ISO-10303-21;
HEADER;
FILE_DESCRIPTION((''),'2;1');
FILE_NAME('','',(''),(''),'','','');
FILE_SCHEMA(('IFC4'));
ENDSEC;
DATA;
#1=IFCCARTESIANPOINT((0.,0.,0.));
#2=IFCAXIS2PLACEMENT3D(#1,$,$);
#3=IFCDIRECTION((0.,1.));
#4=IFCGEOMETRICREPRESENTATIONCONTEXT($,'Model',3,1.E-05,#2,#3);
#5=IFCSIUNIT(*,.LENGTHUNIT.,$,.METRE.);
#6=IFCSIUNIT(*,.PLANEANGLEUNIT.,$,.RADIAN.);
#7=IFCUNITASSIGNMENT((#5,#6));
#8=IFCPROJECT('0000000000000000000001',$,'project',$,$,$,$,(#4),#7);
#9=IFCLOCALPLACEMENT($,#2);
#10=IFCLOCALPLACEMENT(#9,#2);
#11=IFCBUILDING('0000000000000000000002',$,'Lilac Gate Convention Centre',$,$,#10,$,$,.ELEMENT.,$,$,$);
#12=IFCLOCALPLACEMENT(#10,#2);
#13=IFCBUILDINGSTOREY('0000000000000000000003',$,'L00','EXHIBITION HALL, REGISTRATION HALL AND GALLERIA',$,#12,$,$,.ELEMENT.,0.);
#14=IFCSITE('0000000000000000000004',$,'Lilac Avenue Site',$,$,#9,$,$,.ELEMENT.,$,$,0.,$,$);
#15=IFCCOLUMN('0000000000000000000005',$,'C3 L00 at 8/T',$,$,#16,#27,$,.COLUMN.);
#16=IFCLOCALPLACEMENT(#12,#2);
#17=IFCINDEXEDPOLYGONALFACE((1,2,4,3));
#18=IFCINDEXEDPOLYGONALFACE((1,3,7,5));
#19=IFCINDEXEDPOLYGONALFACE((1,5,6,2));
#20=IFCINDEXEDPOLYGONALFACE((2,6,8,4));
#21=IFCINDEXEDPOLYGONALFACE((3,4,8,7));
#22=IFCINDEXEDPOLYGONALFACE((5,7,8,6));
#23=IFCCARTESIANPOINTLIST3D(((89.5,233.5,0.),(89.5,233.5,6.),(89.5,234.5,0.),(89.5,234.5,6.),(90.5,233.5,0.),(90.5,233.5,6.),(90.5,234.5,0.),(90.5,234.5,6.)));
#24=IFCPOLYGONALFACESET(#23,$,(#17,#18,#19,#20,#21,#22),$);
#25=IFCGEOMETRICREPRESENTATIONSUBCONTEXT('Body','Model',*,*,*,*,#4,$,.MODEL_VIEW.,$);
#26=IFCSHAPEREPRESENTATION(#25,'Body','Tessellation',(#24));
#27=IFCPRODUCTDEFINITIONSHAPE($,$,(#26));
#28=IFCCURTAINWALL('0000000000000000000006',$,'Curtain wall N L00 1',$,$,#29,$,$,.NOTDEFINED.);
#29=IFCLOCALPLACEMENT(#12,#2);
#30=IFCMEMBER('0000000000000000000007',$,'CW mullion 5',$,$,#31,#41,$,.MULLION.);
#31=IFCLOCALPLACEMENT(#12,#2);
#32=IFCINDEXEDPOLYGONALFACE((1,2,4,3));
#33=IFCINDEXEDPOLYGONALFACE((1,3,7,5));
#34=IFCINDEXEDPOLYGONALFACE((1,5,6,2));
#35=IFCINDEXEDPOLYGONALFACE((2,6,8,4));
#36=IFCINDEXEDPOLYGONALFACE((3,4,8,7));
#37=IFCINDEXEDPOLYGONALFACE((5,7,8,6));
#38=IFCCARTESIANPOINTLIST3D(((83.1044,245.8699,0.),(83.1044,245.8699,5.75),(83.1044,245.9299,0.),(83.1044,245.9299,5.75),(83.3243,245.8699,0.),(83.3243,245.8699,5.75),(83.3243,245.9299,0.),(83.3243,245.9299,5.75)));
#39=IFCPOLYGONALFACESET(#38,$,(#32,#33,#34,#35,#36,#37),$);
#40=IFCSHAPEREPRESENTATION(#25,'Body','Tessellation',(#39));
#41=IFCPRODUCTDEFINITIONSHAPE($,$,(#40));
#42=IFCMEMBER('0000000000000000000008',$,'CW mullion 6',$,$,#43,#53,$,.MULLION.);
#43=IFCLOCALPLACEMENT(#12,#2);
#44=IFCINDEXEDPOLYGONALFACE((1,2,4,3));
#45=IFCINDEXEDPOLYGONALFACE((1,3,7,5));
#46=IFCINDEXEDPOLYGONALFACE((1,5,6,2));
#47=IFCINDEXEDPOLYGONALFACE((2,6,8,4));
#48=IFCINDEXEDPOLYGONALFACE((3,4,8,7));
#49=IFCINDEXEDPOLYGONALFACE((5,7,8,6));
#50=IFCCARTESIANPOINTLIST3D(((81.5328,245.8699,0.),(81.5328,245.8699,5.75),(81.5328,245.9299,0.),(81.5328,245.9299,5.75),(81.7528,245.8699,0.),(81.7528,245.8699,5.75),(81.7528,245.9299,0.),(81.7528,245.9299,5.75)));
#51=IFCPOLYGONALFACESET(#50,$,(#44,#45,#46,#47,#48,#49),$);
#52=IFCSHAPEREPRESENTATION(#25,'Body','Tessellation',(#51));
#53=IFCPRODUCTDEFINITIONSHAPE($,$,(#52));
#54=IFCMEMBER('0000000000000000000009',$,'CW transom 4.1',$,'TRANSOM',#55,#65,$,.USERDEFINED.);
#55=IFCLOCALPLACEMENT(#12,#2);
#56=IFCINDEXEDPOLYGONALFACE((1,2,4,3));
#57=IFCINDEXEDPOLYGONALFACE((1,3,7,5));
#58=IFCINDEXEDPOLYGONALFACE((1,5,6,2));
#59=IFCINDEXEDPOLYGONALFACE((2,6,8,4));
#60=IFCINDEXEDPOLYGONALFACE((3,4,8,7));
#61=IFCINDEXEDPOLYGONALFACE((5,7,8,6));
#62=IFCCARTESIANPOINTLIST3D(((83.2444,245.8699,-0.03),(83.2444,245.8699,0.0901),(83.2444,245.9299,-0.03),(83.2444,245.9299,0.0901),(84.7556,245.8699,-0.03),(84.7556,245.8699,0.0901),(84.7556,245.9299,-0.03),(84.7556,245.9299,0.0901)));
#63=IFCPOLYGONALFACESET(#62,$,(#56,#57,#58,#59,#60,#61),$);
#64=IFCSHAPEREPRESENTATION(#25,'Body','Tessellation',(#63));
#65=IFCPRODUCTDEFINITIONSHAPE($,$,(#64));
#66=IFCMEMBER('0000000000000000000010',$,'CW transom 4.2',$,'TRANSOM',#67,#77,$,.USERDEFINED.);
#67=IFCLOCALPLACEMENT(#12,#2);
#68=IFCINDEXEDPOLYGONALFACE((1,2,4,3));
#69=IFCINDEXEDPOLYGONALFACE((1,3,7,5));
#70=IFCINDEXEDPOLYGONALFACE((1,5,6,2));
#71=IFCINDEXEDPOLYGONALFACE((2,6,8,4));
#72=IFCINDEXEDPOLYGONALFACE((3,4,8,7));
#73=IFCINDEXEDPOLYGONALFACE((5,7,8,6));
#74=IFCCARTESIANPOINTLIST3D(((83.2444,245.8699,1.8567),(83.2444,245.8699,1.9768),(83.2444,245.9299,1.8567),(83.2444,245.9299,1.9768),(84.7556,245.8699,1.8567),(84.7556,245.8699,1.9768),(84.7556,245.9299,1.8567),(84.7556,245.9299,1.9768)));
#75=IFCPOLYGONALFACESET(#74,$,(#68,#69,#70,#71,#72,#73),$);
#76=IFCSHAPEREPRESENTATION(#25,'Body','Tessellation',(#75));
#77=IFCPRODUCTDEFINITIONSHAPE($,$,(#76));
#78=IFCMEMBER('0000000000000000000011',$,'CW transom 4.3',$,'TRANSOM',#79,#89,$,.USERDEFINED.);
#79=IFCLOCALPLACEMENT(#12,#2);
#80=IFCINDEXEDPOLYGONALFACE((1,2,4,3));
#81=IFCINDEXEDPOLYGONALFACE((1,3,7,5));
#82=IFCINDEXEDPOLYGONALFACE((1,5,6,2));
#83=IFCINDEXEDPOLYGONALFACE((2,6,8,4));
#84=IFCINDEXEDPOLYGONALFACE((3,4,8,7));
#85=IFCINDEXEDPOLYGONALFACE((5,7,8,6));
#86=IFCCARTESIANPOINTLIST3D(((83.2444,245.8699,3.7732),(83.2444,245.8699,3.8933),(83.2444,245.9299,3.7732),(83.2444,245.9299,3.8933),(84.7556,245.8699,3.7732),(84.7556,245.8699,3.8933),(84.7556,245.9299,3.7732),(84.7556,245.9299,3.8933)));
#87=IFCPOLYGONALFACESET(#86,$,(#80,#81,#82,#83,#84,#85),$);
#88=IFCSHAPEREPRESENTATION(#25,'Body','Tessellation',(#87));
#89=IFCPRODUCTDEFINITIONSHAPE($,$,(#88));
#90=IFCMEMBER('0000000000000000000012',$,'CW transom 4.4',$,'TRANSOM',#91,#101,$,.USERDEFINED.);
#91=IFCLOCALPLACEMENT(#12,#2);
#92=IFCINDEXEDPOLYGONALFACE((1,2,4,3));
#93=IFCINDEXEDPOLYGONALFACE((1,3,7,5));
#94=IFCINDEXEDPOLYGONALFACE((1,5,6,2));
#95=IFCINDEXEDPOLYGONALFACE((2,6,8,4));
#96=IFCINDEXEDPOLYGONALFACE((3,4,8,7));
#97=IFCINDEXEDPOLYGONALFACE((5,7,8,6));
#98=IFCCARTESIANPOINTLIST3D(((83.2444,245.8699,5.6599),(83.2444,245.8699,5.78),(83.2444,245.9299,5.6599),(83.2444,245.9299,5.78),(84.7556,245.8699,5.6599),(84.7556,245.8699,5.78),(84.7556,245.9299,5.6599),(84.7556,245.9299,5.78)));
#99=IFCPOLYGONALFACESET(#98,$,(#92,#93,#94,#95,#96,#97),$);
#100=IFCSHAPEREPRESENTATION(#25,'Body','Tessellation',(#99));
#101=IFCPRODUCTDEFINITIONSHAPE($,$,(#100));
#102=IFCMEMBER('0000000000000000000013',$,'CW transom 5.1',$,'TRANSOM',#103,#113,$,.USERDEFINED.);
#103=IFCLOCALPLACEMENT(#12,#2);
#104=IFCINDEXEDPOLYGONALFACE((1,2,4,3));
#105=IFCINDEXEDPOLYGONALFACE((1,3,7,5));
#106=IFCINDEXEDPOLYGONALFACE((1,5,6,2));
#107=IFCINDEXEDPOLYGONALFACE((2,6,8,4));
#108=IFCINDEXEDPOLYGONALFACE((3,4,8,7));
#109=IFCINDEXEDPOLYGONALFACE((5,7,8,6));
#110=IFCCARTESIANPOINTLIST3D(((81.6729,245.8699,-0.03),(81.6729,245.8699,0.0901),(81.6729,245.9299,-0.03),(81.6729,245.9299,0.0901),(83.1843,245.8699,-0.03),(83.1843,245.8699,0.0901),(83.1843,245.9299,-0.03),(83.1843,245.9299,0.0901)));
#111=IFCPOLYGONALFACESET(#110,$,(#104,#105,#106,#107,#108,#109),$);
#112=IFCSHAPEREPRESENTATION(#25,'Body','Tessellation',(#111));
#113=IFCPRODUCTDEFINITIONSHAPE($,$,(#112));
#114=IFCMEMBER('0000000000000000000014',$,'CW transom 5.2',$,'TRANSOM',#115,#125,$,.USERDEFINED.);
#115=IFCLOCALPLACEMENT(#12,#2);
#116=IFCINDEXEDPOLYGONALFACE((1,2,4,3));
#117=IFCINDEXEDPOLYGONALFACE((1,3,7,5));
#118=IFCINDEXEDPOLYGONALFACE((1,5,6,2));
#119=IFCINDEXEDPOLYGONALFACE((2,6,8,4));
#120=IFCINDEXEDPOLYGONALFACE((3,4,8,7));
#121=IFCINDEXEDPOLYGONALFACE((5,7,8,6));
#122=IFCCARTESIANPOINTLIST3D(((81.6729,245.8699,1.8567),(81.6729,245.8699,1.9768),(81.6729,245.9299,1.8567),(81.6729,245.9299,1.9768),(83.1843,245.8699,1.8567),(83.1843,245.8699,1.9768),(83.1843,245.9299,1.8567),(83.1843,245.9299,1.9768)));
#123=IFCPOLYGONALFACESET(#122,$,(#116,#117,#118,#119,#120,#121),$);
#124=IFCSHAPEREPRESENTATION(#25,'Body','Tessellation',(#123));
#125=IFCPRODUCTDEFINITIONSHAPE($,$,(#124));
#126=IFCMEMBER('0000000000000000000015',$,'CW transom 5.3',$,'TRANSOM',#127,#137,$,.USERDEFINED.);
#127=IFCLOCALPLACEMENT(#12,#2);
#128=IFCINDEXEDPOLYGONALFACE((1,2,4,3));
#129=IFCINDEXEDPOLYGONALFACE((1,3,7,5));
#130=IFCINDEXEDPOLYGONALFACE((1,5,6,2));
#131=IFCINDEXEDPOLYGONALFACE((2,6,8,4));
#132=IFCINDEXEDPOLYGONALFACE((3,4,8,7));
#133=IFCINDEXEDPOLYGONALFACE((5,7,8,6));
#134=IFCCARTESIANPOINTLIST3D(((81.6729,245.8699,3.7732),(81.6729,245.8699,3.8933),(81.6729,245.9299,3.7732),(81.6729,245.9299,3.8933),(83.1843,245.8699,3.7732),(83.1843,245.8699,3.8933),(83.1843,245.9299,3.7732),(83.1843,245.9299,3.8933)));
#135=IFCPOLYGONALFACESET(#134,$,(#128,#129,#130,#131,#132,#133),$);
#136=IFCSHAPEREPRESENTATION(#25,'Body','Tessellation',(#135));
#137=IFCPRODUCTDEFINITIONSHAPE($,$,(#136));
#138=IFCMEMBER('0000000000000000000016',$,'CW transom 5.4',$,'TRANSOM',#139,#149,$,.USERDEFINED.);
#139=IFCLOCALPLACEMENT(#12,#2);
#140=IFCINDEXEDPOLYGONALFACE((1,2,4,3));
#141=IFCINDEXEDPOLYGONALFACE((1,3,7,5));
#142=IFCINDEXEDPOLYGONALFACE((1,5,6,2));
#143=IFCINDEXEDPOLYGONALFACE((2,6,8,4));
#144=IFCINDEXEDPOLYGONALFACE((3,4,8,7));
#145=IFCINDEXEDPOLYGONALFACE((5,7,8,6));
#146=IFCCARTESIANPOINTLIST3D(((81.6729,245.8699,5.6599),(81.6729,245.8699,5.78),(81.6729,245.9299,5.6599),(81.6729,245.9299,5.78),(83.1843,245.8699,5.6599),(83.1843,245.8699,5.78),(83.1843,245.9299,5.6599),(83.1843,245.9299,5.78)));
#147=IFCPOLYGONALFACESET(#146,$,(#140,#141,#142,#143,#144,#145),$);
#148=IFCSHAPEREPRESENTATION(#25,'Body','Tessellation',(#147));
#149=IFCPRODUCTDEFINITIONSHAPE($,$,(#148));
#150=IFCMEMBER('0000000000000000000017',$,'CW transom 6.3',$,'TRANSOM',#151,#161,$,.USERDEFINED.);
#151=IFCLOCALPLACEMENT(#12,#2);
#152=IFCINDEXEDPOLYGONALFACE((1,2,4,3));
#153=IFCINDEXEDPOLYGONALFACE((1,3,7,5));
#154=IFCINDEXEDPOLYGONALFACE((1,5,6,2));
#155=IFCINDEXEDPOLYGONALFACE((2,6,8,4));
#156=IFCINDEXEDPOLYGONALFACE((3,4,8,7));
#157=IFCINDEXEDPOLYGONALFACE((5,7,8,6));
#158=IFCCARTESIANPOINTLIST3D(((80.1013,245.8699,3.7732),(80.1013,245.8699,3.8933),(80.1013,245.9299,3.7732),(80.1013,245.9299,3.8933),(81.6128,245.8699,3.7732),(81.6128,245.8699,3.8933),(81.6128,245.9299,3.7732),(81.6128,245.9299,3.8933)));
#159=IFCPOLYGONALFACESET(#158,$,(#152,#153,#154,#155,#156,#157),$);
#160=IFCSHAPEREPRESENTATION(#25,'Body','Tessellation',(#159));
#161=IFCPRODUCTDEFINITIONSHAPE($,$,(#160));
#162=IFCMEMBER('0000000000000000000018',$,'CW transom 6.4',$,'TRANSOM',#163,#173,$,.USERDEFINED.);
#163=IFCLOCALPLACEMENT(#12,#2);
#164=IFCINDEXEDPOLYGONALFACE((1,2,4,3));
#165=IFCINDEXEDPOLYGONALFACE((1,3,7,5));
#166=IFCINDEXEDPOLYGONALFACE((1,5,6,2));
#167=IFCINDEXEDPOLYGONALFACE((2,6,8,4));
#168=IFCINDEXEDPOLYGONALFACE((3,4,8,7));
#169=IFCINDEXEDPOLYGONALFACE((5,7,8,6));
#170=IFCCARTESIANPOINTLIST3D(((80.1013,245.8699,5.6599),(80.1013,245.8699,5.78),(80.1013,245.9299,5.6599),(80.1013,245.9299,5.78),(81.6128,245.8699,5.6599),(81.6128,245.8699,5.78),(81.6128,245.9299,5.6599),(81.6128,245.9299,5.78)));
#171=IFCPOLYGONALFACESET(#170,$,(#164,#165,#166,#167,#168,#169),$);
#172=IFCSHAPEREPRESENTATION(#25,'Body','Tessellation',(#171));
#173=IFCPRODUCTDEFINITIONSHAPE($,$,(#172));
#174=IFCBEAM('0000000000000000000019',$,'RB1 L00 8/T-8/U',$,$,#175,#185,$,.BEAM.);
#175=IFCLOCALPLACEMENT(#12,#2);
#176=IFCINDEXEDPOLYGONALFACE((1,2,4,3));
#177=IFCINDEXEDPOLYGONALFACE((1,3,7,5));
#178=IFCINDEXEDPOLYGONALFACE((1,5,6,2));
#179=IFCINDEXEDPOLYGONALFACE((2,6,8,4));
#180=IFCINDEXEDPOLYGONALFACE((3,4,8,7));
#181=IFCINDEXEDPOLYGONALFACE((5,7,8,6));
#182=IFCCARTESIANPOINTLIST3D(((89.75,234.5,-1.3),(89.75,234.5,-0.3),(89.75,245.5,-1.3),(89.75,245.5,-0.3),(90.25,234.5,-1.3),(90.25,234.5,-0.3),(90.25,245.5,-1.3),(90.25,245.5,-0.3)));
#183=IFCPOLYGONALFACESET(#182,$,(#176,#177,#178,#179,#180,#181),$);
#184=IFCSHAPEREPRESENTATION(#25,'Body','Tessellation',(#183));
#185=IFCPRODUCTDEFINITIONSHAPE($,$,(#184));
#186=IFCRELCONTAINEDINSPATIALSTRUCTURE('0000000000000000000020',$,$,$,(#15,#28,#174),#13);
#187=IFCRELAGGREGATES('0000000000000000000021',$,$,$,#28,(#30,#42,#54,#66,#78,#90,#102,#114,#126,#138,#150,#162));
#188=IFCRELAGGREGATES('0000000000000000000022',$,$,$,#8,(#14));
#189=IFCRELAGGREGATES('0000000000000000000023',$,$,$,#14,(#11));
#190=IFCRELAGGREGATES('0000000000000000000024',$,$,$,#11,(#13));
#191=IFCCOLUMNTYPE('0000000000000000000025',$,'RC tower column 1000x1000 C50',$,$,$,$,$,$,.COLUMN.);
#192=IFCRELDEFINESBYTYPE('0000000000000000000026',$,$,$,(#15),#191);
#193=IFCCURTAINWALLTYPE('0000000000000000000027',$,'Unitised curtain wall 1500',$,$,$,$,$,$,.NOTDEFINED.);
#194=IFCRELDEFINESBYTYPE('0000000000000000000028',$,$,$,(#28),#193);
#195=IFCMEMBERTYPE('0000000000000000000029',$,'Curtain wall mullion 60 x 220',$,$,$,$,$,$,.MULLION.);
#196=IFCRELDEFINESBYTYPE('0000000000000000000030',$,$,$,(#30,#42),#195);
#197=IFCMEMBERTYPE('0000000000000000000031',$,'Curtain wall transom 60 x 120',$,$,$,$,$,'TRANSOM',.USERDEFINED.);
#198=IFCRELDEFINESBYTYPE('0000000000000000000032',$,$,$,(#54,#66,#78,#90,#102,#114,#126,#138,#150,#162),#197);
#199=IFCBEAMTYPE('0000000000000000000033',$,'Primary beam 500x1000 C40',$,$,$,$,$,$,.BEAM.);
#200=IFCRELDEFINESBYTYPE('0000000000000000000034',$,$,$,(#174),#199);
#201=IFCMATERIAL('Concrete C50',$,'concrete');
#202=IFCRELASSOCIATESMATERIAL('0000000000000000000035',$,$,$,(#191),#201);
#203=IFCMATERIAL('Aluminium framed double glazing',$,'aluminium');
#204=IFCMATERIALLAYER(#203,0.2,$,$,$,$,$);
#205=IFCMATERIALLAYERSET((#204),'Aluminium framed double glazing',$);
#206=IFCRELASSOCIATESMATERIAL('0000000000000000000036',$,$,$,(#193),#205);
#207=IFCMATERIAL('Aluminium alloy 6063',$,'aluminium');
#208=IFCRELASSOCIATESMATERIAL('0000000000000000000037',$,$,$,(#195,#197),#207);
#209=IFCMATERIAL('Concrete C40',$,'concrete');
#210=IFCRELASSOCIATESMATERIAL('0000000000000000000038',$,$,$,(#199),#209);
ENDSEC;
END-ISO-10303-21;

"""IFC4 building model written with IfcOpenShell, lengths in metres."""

from ifc_helpers import new_model, si_unit, direction, frame, origin, origin_2d, place, context, subcontext, project, spatial, rectangle, extrude, material, layer, layer_set, material_profile, profile_set, type_object, element, aggregate, save


model = new_model("IFC4")

# Units and contexts
model_context = context("Model", 3, precision=1e-05, world=origin(), true_north=direction((0.0, 1.0)))
body_context = subcontext(model_context, "Body", "Model", "MODEL_VIEW")
ifc_project = project(units=[si_unit("LENGTHUNIT", "METRE"), si_unit("PLANEANGLEUNIT", "RADIAN")], contexts=[model_context])

# Site, building, storey
site_placement = place(None, origin())
site = spatial("IfcSite", under=ifc_project, at=site_placement, Name="Lilac Avenue Site", CompositionType="ELEMENT", RefElevation=0.0)
building_placement = place(site_placement, origin())
building = spatial("IfcBuilding", under=site, at=building_placement, Name="Lilac Gate Convention Centre", CompositionType="ELEMENT")
storey_placement = place(building_placement, origin())
storey = spatial("IfcBuildingStorey", under=building, at=storey_placement, Name="L00", Description="EXHIBITION HALL, REGISTRATION HALL AND GALLERIA", CompositionType="ELEMENT", Elevation=0.0)

# Column
ifc_material_1 = material(Name="Concrete C50", Category="concrete")
ifc_material_profile_1 = material_profile(ifc_material_1, rectangle(XDim=1.0, YDim=1.0, at=origin_2d()), Name="RC 1000x1000")
ifc_profile_set_1 = profile_set([ifc_material_profile_1], Name="Concrete C50")
column_type = type_object("IfcColumnType", Name="RC tower column 1000x1000 C50", PredefinedType="COLUMN", material=ifc_profile_set_1)
column_placement = place(storey_placement, frame((90.0, 234.0, 0.0), z_axis=(0.0, 0.0, 1.0), x_axis=(1.0, 0.0, 0.0)))
element("IfcColumn", 1, at=column_placement, inside=storey, type_object=column_type, Name="C3 L00 at 8/T", PredefinedType="COLUMN", context=body_context, shape_type="SweptSolid", body=[
    extrude(rectangle(XDim=1.0, YDim=1.0, at=origin_2d()), origin(), (0.0, 0.0, 1.0), 6.0),
])

# Curtain wall, members
ifc_material_2 = material(Name="Aluminium framed double glazing", Category="aluminium")
ifc_layer_1 = layer(ifc_material_2, 0.2)
ifc_layer_set_1 = layer_set([ifc_layer_1], Name="Aluminium framed double glazing")
curtain_wall_type = type_object("IfcCurtainWallType", Name="Unitised curtain wall 1500", PredefinedType="NOTDEFINED", material=ifc_layer_set_1)
curtain_wall_placement = place(storey_placement, origin())
curtain_wall = element("IfcCurtainWall", 2, at=curtain_wall_placement, inside=storey, type_object=curtain_wall_type, Name="Curtain wall N L00 1", PredefinedType="NOTDEFINED")
ifc_material_3 = material(Name="Aluminium alloy 6063", Category="aluminium")
ifc_material_profile_2 = material_profile(ifc_material_3, rectangle(XDim=0.0601, YDim=0.22, at=origin_2d()), Name="Curtain wall mullion 60 x 220")
ifc_profile_set_2 = profile_set([ifc_material_profile_2], Name="Aluminium alloy 6063")
member_type_1 = type_object("IfcMemberType", Name="Curtain wall mullion 60 x 220", PredefinedType="MULLION", material=ifc_profile_set_2)
member_1_placement = place(storey_placement, frame((83.2144, 245.8999, 0.0), z_axis=(0.0, 0.0, 1.0), x_axis=(0.0, -1.0, 0.0)))
member_1 = element("IfcMember", 3, at=member_1_placement, type_object=member_type_1, Name="CW mullion 5", PredefinedType="MULLION", context=body_context, shape_type="SweptSolid", body=[
    extrude(rectangle(XDim=0.0601, YDim=0.22, at=origin_2d()), origin(), (0.0, 0.0, 1.0), 5.75),
])
member_2_placement = place(storey_placement, frame((81.6428, 245.8999, 0.0), z_axis=(0.0, 0.0, 1.0), x_axis=(0.0, -1.0, 0.0)))
member_2 = element("IfcMember", 4, at=member_2_placement, type_object=member_type_1, Name="CW mullion 6", PredefinedType="MULLION", context=body_context, shape_type="SweptSolid", body=[
    extrude(rectangle(XDim=0.0601, YDim=0.22, at=origin_2d()), origin(), (0.0, 0.0, 1.0), 5.75),
])
ifc_material_profile_3 = material_profile(ifc_material_3, rectangle(XDim=0.0601, YDim=0.1201, at=origin_2d()), Name="Curtain wall transom 60 x 120")
ifc_profile_set_3 = profile_set([ifc_material_profile_3], Name="Aluminium alloy 6063")
member_type_2 = type_object("IfcMemberType", Name="Curtain wall transom 60 x 120", ElementType="TRANSOM", PredefinedType="USERDEFINED", material=ifc_profile_set_3)
member_3_placement = place(storey_placement, frame((84.7556, 245.8999, 0.03), z_axis=(-1.0, 0.0, 0.0), x_axis=(0.0, -1.0, 0.0)))
member_3 = element("IfcMember", 5, at=member_3_placement, type_object=member_type_2, Name="CW transom 4.1", ObjectType="TRANSOM", PredefinedType="USERDEFINED", context=body_context, shape_type="SweptSolid", body=[
    extrude(rectangle(XDim=0.0601, YDim=0.1201, at=origin_2d()), origin(), (0.0, 0.0, 1.0), 1.5112),
])
member_4_placement = place(storey_placement, frame((84.7556, 245.8999, 1.9167), z_axis=(-1.0, 0.0, 0.0), x_axis=(0.0, -1.0, 0.0)))
member_4 = element("IfcMember", 6, at=member_4_placement, type_object=member_type_2, Name="CW transom 4.2", ObjectType="TRANSOM", PredefinedType="USERDEFINED", context=body_context, shape_type="SweptSolid", body=[
    extrude(rectangle(XDim=0.0601, YDim=0.1201, at=origin_2d()), origin(), (0.0, 0.0, 1.0), 1.5112),
])
member_5_placement = place(storey_placement, frame((84.7556, 245.8999, 3.8333), z_axis=(-1.0, 0.0, 0.0), x_axis=(0.0, -1.0, 0.0)))
member_5 = element("IfcMember", 7, at=member_5_placement, type_object=member_type_2, Name="CW transom 4.3", ObjectType="TRANSOM", PredefinedType="USERDEFINED", context=body_context, shape_type="SweptSolid", body=[
    extrude(rectangle(XDim=0.0601, YDim=0.1201, at=origin_2d()), origin(), (0.0, 0.0, 1.0), 1.5112),
])
member_6_placement = place(storey_placement, frame((84.7556, 245.8999, 5.72), z_axis=(-1.0, 0.0, 0.0), x_axis=(0.0, -1.0, 0.0)))
member_6 = element("IfcMember", 8, at=member_6_placement, type_object=member_type_2, Name="CW transom 4.4", ObjectType="TRANSOM", PredefinedType="USERDEFINED", context=body_context, shape_type="SweptSolid", body=[
    extrude(rectangle(XDim=0.0601, YDim=0.1201, at=origin_2d()), origin(), (0.0, 0.0, 1.0), 1.5112),
])
member_7_placement = place(storey_placement, frame((83.1843, 245.8999, 0.03), z_axis=(-1.0, 0.0, 0.0), x_axis=(0.0, -1.0, 0.0)))
member_7 = element("IfcMember", 9, at=member_7_placement, type_object=member_type_2, Name="CW transom 5.1", ObjectType="TRANSOM", PredefinedType="USERDEFINED", context=body_context, shape_type="SweptSolid", body=[
    extrude(rectangle(XDim=0.0601, YDim=0.1201, at=origin_2d()), origin(), (0.0, 0.0, 1.0), 1.5115),
])
member_8_placement = place(storey_placement, frame((83.1843, 245.8999, 1.9167), z_axis=(-1.0, 0.0, 0.0), x_axis=(0.0, -1.0, 0.0)))
member_8 = element("IfcMember", 10, at=member_8_placement, type_object=member_type_2, Name="CW transom 5.2", ObjectType="TRANSOM", PredefinedType="USERDEFINED", context=body_context, shape_type="SweptSolid", body=[
    extrude(rectangle(XDim=0.0601, YDim=0.1201, at=origin_2d()), origin(), (0.0, 0.0, 1.0), 1.5115),
])
member_9_placement = place(storey_placement, frame((83.1843, 245.8999, 3.8333), z_axis=(-1.0, 0.0, 0.0), x_axis=(0.0, -1.0, 0.0)))
member_9 = element("IfcMember", 11, at=member_9_placement, type_object=member_type_2, Name="CW transom 5.3", ObjectType="TRANSOM", PredefinedType="USERDEFINED", context=body_context, shape_type="SweptSolid", body=[
    extrude(rectangle(XDim=0.0601, YDim=0.1201, at=origin_2d()), origin(), (0.0, 0.0, 1.0), 1.5115),
])
member_10_placement = place(storey_placement, frame((83.1843, 245.8999, 5.72), z_axis=(-1.0, 0.0, 0.0), x_axis=(0.0, -1.0, 0.0)))
member_10 = element("IfcMember", 12, at=member_10_placement, type_object=member_type_2, Name="CW transom 5.4", ObjectType="TRANSOM", PredefinedType="USERDEFINED", context=body_context, shape_type="SweptSolid", body=[
    extrude(rectangle(XDim=0.0601, YDim=0.1201, at=origin_2d()), origin(), (0.0, 0.0, 1.0), 1.5115),
])
member_11_placement = place(storey_placement, frame((81.6128, 245.8999, 3.8333), z_axis=(-1.0, 0.0, 0.0), x_axis=(0.0, -1.0, 0.0)))
member_11 = element("IfcMember", 13, at=member_11_placement, type_object=member_type_2, Name="CW transom 6.3", ObjectType="TRANSOM", PredefinedType="USERDEFINED", context=body_context, shape_type="SweptSolid", body=[
    extrude(rectangle(XDim=0.0601, YDim=0.1201, at=origin_2d()), origin(), (0.0, 0.0, 1.0), 1.5115),
])
member_12_placement = place(storey_placement, frame((81.6128, 245.8999, 5.72), z_axis=(-1.0, 0.0, 0.0), x_axis=(0.0, -1.0, 0.0)))
member_12 = element("IfcMember", 14, at=member_12_placement, type_object=member_type_2, Name="CW transom 6.4", ObjectType="TRANSOM", PredefinedType="USERDEFINED", context=body_context, shape_type="SweptSolid", body=[
    extrude(rectangle(XDim=0.0601, YDim=0.1201, at=origin_2d()), origin(), (0.0, 0.0, 1.0), 1.5115),
])

# Beam
ifc_material_4 = material(Name="Concrete C40", Category="concrete")
ifc_material_profile_4 = material_profile(ifc_material_4, rectangle(XDim=0.5, YDim=1.0, at=origin_2d()), Name="RC 500x1000")
ifc_profile_set_4 = profile_set([ifc_material_profile_4], Name="Concrete C40")
beam_type = type_object("IfcBeamType", Name="Primary beam 500x1000 C40", PredefinedType="BEAM", material=ifc_profile_set_4)
beam_placement = place(storey_placement, frame((90.0, 234.5, -0.8), z_axis=(0.0, 1.0, 0.0), x_axis=(-1.0, 0.0, 0.0)))
element("IfcBeam", 15, at=beam_placement, inside=storey, type_object=beam_type, Name="RB1 L00 8/T-8/U", PredefinedType="BEAM", context=body_context, shape_type="SweptSolid", body=[
    extrude(rectangle(XDim=0.5, YDim=1.0, at=origin_2d()), origin(), (0.0, 0.0, 1.0), 11.0),
])

aggregate(curtain_wall, [member_1, member_2, member_3, member_4, member_5, member_6, member_7, member_8, member_9, member_10, member_11, member_12])

save(model, "model.ifc")
